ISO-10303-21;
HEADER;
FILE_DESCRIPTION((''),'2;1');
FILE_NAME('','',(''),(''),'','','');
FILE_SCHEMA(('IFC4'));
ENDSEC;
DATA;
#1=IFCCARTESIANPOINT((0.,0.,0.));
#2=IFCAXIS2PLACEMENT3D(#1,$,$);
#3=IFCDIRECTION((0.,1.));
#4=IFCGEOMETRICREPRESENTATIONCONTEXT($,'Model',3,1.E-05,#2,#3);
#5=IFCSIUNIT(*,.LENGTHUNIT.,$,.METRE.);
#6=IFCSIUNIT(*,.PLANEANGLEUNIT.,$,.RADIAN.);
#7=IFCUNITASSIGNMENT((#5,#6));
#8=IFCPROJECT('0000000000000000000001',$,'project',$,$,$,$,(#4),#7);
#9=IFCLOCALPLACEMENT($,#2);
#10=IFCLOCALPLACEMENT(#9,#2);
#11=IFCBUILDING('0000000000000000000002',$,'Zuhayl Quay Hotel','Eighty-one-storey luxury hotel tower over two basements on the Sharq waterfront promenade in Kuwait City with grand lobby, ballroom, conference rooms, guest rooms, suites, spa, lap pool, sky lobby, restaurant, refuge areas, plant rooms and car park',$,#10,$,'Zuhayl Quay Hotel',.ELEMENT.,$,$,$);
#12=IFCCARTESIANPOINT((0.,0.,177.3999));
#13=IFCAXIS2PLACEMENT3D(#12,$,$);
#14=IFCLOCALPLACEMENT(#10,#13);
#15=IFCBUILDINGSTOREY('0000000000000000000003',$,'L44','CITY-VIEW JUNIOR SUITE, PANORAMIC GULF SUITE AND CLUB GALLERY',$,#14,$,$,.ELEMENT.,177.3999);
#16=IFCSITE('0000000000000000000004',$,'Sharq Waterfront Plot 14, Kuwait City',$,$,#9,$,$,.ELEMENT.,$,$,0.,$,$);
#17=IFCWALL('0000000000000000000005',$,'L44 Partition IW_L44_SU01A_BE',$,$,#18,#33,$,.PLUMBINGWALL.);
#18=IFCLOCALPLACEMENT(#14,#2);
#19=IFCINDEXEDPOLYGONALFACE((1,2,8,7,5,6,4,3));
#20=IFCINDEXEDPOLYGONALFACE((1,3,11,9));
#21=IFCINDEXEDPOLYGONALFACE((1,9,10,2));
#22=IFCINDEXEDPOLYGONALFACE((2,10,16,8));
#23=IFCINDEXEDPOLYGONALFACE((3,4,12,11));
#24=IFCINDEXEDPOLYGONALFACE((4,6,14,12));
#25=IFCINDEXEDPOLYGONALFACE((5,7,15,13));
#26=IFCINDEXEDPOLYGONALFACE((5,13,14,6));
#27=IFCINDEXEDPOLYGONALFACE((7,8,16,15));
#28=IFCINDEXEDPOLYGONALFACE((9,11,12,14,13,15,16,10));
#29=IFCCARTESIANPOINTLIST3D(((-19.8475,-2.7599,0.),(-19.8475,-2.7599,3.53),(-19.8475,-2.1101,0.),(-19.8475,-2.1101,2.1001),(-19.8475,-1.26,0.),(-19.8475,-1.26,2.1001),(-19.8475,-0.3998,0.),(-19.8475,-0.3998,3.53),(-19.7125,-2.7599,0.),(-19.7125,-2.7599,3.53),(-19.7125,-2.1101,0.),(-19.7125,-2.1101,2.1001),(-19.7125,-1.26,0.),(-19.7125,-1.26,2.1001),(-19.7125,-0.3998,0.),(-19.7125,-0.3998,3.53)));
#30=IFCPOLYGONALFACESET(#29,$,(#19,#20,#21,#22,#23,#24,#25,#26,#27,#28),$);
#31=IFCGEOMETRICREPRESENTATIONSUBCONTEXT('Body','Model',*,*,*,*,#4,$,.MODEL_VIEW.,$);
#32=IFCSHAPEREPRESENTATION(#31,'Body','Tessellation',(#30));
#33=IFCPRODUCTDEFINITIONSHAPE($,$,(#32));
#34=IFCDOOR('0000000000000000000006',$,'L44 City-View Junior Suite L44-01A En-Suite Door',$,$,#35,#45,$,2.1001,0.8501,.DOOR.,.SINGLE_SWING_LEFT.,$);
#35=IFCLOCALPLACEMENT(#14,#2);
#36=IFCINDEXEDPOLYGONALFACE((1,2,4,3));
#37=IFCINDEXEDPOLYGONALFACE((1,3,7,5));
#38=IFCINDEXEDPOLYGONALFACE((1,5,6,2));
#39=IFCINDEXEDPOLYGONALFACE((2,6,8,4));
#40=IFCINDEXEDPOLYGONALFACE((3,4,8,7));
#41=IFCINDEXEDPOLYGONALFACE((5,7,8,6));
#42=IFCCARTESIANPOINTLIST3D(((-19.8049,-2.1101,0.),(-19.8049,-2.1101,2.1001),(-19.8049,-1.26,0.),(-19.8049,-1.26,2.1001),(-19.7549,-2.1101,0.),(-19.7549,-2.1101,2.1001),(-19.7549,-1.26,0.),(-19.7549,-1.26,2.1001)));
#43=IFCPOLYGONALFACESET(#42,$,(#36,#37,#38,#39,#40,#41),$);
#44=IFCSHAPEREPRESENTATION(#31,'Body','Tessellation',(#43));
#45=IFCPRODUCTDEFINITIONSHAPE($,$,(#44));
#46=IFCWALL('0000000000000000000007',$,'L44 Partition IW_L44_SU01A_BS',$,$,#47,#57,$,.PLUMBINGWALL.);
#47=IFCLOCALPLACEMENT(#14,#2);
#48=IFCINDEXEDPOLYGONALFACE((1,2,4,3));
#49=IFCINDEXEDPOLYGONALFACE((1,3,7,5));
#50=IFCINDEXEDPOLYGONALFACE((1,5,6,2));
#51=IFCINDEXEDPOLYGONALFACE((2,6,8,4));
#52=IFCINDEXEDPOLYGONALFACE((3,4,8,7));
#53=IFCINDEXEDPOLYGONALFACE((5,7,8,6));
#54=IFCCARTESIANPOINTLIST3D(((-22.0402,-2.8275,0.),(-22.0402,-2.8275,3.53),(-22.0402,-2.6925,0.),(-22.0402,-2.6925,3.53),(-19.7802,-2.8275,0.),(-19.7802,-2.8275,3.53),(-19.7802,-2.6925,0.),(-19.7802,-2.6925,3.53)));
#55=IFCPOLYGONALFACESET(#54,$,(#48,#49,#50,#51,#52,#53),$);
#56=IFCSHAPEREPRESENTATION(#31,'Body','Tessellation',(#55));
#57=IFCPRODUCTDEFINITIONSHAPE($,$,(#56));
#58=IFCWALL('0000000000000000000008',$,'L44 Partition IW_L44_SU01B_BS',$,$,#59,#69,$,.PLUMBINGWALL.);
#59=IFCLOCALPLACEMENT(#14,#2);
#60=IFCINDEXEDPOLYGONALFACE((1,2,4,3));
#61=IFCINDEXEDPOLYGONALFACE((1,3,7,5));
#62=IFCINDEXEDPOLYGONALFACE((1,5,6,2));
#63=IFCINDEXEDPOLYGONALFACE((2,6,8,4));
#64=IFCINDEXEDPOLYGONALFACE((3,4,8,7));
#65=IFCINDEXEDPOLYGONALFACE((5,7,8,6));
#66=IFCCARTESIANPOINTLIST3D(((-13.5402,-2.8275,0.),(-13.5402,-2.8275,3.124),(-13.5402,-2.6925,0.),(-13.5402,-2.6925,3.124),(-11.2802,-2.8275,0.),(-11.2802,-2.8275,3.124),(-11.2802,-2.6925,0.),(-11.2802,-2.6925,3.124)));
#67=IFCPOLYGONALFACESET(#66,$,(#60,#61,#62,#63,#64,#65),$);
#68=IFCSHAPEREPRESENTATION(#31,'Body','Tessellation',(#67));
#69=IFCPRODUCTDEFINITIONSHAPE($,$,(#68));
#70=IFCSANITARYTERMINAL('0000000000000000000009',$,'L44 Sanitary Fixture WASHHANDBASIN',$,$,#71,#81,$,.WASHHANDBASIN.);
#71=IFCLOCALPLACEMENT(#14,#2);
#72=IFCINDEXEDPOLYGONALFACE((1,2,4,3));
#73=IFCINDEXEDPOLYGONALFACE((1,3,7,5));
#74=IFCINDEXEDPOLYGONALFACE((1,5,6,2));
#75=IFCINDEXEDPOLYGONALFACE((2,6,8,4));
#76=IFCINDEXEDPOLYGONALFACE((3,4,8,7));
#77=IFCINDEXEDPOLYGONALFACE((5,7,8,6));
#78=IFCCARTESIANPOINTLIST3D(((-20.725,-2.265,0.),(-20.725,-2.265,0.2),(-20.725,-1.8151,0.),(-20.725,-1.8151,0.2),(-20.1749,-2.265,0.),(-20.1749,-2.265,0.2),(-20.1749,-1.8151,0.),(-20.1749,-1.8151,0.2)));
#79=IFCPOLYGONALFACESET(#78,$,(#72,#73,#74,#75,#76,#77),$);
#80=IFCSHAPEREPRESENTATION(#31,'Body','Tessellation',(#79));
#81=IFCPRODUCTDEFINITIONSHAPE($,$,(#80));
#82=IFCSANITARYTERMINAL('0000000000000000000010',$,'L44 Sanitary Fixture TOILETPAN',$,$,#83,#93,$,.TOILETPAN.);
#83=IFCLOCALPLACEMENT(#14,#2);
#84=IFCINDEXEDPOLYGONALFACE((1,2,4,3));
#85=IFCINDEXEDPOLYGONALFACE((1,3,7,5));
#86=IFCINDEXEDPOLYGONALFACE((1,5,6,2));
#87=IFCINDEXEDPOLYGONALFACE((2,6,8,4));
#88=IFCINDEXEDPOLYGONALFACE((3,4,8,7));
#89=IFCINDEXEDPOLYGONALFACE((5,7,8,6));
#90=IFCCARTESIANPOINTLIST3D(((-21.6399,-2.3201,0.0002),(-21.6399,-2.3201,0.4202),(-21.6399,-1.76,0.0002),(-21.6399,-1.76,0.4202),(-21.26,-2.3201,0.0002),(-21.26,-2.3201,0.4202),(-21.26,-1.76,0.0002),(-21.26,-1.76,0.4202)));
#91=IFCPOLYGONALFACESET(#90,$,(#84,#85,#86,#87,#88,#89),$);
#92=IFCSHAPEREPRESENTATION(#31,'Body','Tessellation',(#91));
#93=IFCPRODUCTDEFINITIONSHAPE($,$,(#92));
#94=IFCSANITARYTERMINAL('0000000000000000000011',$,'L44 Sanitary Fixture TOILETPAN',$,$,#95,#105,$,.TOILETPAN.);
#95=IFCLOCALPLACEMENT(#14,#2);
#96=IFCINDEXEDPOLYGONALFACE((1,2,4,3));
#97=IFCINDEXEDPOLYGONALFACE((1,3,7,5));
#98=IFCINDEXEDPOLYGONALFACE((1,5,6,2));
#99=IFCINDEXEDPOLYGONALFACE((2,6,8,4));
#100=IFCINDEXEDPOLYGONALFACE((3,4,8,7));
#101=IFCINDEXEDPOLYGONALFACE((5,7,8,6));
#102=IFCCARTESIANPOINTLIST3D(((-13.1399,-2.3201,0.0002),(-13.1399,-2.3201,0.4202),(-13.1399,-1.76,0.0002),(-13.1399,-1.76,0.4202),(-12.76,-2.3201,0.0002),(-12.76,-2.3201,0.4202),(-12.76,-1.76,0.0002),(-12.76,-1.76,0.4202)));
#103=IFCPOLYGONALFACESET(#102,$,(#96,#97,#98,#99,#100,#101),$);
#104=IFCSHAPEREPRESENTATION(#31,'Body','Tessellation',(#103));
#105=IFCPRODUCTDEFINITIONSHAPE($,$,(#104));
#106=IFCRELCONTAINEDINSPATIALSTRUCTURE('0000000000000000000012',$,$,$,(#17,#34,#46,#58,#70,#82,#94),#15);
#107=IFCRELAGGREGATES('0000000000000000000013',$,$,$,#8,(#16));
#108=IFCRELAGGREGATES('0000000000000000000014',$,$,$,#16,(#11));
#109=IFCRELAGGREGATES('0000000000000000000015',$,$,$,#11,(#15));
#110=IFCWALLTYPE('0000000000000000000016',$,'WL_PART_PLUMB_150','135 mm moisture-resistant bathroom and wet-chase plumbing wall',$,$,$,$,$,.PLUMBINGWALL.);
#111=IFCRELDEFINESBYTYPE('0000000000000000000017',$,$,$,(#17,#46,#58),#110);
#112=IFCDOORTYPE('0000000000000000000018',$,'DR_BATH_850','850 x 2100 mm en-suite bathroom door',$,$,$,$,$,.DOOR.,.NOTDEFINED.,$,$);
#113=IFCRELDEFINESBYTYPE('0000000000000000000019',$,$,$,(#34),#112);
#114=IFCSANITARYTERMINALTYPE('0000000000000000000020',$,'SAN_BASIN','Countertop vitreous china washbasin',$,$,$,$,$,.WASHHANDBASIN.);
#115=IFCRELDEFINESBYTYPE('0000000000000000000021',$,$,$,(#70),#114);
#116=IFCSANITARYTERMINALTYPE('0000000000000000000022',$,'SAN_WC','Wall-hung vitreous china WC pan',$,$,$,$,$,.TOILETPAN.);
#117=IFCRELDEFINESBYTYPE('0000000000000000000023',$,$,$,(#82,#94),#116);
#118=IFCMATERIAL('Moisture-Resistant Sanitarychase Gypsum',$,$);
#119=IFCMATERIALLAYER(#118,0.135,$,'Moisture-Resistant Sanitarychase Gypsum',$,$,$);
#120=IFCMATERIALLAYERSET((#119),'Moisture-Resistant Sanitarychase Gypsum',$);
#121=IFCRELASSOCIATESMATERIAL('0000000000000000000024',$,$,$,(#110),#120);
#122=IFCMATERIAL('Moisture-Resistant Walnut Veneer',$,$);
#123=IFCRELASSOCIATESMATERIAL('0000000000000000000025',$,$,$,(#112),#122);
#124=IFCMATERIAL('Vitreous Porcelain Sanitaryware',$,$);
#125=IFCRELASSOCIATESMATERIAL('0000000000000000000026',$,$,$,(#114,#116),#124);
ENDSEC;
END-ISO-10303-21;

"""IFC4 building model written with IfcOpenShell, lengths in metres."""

from ifc_helpers import new_model, si_unit, direction, frame, frame_2d, origin, origin_2d, place, context, subcontext, project, spatial, rectangle, extrude, material, layer, layer_set, type_object, element, fill, save


model = new_model("IFC4")

# Units and contexts
model_context = context("Model", 3, precision=1e-05, world=origin(), true_north=direction((0.0, 1.0)))
body_context = subcontext(model_context, "Body", "Model", "MODEL_VIEW")
ifc_project = project(units=[si_unit("LENGTHUNIT", "METRE"), si_unit("PLANEANGLEUNIT", "RADIAN")], contexts=[model_context])

# Site, building, storey
site_placement = place(None, origin())
site = spatial("IfcSite", under=ifc_project, at=site_placement, Name="Sharq Waterfront Plot 14, Kuwait City", CompositionType="ELEMENT", RefElevation=0.0)
building_placement = place(site_placement, origin())
building = spatial("IfcBuilding", under=site, at=building_placement, Name="Zuhayl Quay Hotel", Description="Eighty-one-storey luxury hotel tower over two basements on the Sharq waterfront promenade in Kuwait City with grand lobby, ballroom, conference rooms, guest rooms, suites, spa, lap pool, sky lobby, restaurant, refuge areas, plant rooms and car park", LongName="Zuhayl Quay Hotel", CompositionType="ELEMENT")
storey_placement = place(building_placement, frame((0.0, 0.0, 177.3999)))
storey = spatial("IfcBuildingStorey", under=building, at=storey_placement, Name="L44", Description="CITY-VIEW JUNIOR SUITE, PANORAMIC GULF SUITE AND CLUB GALLERY", CompositionType="ELEMENT", Elevation=177.3999)

# Wall, opening, door
ifc_material_1 = material(Name="Moisture-Resistant Sanitarychase Gypsum")
ifc_layer_1 = layer(ifc_material_1, 0.135, Name="Moisture-Resistant Sanitarychase Gypsum")
ifc_layer_set_1 = layer_set([ifc_layer_1], Name="Moisture-Resistant Sanitarychase Gypsum")
wall_type_1 = type_object("IfcWallType", Name="WL_PART_PLUMB_150", Description="135 mm moisture-resistant bathroom and wet-chase plumbing wall", PredefinedType="PLUMBINGWALL", material=ifc_layer_set_1)
wall_1_placement = place(storey_placement, frame((-19.78, -2.76, 0.0), z_axis=(0.0, 0.0, 1.0), x_axis=(0.0, 1.0, 0.0)))
wall_1 = element("IfcWall", 1, at=wall_1_placement, inside=storey, type_object=wall_type_1, Name="L44 Partition IW_L44_SU01A_BE", PredefinedType="PLUMBINGWALL", context=body_context, shape_type="SweptSolid", body=[
    extrude(rectangle(XDim=2.3601, YDim=0.135, at=frame_2d((1.1802, 0.0))), origin(), (0.0, 0.0, 1.0), 3.53),
])
opening_1_placement = place(wall_1_placement, frame((0.6499, 0.0, 0.0)))
opening_1 = element("IfcOpeningElement", 2, at=opening_1_placement, cuts=wall_1, PredefinedType="OPENING", context=body_context, shape_type="SweptSolid", body=[
    extrude(rectangle(XDim=0.8501, YDim=2.1001, at=frame_2d((0.425, 1.05))), frame((0.0, 0.0774, 0.0), z_axis=(0.0, -1.0, 0.0), x_axis=(1.0, 0.0, 0.0)), (0.0, 0.0, 1.0), 0.155),
])
ifc_material_2 = material(Name="Moisture-Resistant Walnut Veneer")
door_type = type_object("IfcDoorType", Name="DR_BATH_850", Description="850 x 2100 mm en-suite bathroom door", OperationType="NOTDEFINED", PredefinedType="DOOR", material=ifc_material_2)
door_placement = place(opening_1_placement, origin())
door = element("IfcDoor", 3, at=door_placement, inside=storey, type_object=door_type, Name="L44 City-View Junior Suite L44-01A En-Suite Door", OperationType="SINGLE_SWING_LEFT", OverallHeight=2.1001, OverallWidth=0.8501, PredefinedType="DOOR", context=body_context, shape_type="SweptSolid", body=[
    extrude(rectangle(XDim=0.8501, YDim=2.1001, at=frame_2d((0.425, 1.05))), frame((0.0, 0.0249, 0.0), z_axis=(0.0, -1.0, 0.0), x_axis=(1.0, 0.0, 0.0)), (0.0, 0.0, 1.0), 0.05),
])
fill(opening_1, door)

# Walls
wall_2_placement = place(storey_placement, frame((-22.04, -2.76, 0.0), z_axis=(0.0, 0.0, 1.0), x_axis=(1.0, 0.0, 0.0)))
element("IfcWall", 4, at=wall_2_placement, inside=storey, type_object=wall_type_1, Name="L44 Partition IW_L44_SU01A_BS", PredefinedType="PLUMBINGWALL", context=body_context, shape_type="SweptSolid", body=[
    extrude(rectangle(XDim=2.26, YDim=0.135, at=frame_2d((1.1299, 0.0))), origin(), (0.0, 0.0, 1.0), 3.53),
])
wall_3_placement = place(storey_placement, frame((-13.54, -2.76, 0.0), z_axis=(0.0, 0.0, 1.0), x_axis=(1.0, 0.0, 0.0)))
element("IfcWall", 5, at=wall_3_placement, inside=storey, type_object=wall_type_1, Name="L44 Partition IW_L44_SU01B_BS", PredefinedType="PLUMBINGWALL", context=body_context, shape_type="SweptSolid", body=[
    extrude(rectangle(XDim=2.26, YDim=0.135, at=frame_2d((1.1299, 0.0))), origin(), (0.0, 0.0, 1.0), 3.124),
])

# Sanitary terminals
ifc_material_3 = material(Name="Vitreous Porcelain Sanitaryware")
sanitary_terminal_type_1 = type_object("IfcSanitaryTerminalType", Name="SAN_BASIN", Description="Countertop vitreous china washbasin", PredefinedType="WASHHANDBASIN", material=ifc_material_3)
sanitary_terminal_placement = place(storey_placement, frame((-20.45, -2.04, 0.0), z_axis=(0.0, 0.0, 1.0), x_axis=(1.0, 0.0, 0.0)))
element("IfcSanitaryTerminal", 6, at=sanitary_terminal_placement, inside=storey, type_object=sanitary_terminal_type_1, Name="L44 Sanitary Fixture WASHHANDBASIN", PredefinedType="WASHHANDBASIN", context=body_context, shape_type="SweptSolid", body=[
    extrude(rectangle(XDim=0.55, YDim=0.45, at=origin_2d()), origin(), (0.0, 0.0, 1.0), 0.2),
])
sanitary_terminal_type_2 = type_object("IfcSanitaryTerminalType", Name="SAN_WC", Description="Wall-hung vitreous china WC pan", PredefinedType="TOILETPAN", material=ifc_material_3)
for number, where, z_axis, x_axis, name in (
    (7, (-21.45, -2.04, 0.0002), (0.0, 0.0, 1.0), (1.0, 0.0, 0.0), "L44 Sanitary Fixture TOILETPAN"),
    (8, (-12.95, -2.04, 0.0002), (0.0, 0.0, 1.0), (1.0, 0.0, 0.0), "L44 Sanitary Fixture TOILETPAN"),
):
    element("IfcSanitaryTerminal", number, at=place(storey_placement, frame(where, z_axis=z_axis, x_axis=x_axis)), inside=storey, type_object=sanitary_terminal_type_2, Name=name, PredefinedType="TOILETPAN", context=body_context, shape_type="SweptSolid", body=[
        extrude(rectangle(XDim=0.3799, YDim=0.5601, at=origin_2d()), origin(), (0.0, 0.0, 1.0), 0.4199),
    ])

save(model, "model.ifc")
